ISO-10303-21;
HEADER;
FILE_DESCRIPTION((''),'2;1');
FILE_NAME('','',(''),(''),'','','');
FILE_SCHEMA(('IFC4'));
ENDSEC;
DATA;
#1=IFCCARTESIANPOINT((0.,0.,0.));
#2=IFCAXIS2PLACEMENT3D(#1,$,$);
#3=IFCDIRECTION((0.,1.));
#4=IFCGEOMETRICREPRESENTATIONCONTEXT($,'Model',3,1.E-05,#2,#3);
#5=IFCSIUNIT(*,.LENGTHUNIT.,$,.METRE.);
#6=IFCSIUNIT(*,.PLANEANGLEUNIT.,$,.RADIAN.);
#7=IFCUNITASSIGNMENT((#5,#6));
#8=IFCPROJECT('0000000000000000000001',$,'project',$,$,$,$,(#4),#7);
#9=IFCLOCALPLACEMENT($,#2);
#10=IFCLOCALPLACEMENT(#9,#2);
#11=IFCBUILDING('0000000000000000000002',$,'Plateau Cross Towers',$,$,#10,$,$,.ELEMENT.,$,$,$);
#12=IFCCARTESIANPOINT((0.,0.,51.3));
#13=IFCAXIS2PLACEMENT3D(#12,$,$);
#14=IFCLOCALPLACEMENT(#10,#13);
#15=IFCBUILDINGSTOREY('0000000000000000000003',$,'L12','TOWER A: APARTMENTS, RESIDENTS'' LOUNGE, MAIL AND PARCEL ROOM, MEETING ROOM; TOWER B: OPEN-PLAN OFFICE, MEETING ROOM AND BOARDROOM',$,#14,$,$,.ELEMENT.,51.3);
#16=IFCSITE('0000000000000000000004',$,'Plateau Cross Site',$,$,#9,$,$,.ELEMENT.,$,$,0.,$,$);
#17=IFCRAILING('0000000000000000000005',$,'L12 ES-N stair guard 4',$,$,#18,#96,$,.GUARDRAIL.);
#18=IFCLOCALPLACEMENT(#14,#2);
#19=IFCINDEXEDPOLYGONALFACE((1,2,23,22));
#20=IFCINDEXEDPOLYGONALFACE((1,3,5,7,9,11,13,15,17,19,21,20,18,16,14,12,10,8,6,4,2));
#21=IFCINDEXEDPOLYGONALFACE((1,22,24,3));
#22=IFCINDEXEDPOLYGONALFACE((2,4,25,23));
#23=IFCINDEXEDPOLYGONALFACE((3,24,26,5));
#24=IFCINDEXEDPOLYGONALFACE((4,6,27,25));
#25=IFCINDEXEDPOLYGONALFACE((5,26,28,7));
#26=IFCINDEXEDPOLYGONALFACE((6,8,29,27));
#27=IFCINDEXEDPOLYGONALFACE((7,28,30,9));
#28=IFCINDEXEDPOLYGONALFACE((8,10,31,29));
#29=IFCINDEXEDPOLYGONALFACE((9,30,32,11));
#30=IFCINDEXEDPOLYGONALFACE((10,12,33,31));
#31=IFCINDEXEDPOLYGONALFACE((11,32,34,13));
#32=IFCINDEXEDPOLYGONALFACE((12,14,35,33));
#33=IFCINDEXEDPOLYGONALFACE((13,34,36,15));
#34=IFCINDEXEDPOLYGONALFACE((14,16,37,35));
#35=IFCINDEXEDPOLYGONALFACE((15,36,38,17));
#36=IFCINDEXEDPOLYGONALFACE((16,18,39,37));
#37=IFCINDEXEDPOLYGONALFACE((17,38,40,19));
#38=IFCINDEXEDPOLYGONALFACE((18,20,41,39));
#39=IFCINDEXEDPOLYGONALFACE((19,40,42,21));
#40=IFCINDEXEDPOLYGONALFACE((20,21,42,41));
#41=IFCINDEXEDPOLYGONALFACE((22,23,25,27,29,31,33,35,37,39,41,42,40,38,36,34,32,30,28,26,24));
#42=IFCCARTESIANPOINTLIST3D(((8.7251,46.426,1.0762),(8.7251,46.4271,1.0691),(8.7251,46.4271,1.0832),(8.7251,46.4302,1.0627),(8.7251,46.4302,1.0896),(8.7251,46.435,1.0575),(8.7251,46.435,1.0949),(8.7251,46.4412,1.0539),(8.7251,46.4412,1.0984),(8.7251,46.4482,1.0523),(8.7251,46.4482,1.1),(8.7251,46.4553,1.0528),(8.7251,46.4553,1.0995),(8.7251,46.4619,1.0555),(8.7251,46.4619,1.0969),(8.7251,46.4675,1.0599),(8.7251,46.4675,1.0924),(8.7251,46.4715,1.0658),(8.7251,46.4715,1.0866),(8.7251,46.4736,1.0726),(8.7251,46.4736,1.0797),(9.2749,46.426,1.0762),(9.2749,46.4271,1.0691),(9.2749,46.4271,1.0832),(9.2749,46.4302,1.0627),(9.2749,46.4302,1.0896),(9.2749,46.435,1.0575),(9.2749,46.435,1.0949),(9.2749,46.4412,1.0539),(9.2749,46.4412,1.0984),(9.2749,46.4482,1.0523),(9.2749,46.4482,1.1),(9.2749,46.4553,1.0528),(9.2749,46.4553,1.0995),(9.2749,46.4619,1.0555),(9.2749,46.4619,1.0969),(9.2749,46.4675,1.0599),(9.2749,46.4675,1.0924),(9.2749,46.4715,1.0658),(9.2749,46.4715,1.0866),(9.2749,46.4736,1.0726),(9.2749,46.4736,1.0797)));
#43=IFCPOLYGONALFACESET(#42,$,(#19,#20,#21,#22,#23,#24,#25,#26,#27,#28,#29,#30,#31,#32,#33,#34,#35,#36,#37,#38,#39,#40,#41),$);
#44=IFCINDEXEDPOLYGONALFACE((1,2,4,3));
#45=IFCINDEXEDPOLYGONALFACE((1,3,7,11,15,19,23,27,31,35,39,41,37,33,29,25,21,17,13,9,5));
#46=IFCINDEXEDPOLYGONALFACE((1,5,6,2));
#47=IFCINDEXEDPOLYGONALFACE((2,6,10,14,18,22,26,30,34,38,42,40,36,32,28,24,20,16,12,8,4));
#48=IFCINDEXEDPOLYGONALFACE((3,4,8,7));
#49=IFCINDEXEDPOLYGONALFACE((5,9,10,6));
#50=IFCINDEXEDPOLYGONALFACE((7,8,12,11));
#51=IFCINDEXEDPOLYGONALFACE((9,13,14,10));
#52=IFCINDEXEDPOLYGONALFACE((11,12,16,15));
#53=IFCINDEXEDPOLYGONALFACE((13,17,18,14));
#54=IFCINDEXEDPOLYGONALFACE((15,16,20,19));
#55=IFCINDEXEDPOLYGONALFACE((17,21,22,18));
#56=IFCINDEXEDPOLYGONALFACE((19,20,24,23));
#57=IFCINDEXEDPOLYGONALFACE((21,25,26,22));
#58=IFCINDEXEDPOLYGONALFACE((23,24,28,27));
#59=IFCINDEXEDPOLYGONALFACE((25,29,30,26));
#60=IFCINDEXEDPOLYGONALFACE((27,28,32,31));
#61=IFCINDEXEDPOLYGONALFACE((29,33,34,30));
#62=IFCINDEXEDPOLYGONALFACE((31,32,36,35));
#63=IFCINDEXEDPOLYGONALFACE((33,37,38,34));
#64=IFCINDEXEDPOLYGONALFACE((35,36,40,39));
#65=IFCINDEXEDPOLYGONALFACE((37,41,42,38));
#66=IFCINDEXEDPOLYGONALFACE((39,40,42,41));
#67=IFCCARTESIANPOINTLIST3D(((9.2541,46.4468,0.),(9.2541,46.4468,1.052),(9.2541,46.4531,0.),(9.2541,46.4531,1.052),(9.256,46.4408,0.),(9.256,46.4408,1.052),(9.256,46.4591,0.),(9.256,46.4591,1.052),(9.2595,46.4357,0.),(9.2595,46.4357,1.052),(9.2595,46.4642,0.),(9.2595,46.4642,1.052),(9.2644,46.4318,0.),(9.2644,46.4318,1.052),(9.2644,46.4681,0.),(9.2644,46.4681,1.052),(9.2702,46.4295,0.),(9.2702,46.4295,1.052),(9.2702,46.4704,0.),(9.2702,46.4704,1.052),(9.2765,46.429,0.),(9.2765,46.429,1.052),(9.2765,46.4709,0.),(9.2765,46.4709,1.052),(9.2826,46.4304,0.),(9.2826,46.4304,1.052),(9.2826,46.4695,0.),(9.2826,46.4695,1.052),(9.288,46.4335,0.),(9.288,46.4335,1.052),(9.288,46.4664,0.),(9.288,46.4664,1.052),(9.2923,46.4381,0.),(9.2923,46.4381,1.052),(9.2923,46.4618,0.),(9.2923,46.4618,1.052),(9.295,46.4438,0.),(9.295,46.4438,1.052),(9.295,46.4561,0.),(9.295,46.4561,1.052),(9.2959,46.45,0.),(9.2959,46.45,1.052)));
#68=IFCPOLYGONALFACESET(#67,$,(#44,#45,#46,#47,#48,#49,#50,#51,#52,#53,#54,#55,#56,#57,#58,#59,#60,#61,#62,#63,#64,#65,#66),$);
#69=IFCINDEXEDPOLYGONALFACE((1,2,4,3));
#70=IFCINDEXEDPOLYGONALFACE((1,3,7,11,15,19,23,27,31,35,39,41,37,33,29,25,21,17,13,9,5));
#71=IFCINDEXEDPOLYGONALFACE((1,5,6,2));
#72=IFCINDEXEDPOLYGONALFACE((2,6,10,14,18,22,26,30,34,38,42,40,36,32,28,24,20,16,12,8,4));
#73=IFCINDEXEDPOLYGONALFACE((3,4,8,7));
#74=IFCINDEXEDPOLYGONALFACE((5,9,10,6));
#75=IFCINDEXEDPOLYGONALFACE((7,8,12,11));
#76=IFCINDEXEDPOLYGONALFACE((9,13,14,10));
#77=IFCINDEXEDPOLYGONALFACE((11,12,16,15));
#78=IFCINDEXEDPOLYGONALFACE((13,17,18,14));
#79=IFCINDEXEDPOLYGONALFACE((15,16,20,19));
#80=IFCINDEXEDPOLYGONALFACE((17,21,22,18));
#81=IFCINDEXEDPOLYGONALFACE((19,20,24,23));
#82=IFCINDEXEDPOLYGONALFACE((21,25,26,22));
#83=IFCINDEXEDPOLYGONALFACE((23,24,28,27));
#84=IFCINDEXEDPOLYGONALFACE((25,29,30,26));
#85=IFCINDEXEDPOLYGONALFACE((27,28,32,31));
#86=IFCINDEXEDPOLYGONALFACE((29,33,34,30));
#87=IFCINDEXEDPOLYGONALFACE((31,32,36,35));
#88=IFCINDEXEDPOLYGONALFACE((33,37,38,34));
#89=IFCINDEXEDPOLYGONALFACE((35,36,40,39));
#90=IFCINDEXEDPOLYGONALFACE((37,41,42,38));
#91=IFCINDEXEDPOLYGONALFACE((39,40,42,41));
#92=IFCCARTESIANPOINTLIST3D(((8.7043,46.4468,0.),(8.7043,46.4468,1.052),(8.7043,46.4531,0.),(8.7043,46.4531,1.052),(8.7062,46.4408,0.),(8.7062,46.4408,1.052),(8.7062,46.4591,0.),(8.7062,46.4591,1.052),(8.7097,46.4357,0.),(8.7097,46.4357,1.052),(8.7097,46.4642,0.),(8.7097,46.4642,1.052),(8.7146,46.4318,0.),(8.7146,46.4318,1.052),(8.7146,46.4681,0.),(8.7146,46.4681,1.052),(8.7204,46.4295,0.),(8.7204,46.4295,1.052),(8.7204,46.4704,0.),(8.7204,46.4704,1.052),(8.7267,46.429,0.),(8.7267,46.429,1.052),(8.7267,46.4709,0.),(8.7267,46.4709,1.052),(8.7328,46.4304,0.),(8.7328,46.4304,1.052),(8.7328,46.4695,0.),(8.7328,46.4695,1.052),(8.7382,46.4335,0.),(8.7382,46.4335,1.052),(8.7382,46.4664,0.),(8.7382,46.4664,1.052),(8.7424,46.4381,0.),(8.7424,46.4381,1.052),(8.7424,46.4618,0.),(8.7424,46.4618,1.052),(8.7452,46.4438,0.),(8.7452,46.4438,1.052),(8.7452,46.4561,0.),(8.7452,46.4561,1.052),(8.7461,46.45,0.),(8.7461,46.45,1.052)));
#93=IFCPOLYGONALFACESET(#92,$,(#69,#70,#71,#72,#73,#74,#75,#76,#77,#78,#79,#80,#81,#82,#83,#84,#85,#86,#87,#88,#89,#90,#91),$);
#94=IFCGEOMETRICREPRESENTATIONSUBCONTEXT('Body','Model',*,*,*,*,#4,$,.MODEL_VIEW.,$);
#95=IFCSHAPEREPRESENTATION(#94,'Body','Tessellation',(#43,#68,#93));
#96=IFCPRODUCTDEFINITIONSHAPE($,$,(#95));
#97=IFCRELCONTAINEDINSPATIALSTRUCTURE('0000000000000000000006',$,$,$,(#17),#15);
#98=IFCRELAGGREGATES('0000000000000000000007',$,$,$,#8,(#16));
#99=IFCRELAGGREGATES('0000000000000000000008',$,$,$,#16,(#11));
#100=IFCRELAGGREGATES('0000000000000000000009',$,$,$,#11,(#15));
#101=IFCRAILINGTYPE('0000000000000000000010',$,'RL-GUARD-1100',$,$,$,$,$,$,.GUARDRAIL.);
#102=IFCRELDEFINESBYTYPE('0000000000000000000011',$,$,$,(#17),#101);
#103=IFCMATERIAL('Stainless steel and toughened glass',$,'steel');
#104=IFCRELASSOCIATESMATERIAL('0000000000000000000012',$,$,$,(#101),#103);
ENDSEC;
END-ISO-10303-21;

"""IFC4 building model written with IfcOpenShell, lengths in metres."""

from ifc_helpers import new_model, si_unit, direction, frame, origin, origin_2d, place, context, subcontext, project, spatial, circle, extrude, material, type_object, element, save


model = new_model("IFC4")

# Units and contexts
model_context = context("Model", 3, precision=1e-05, world=origin(), true_north=direction((0.0, 1.0)))
body_context = subcontext(model_context, "Body", "Model", "MODEL_VIEW")
ifc_project = project(units=[si_unit("LENGTHUNIT", "METRE"), si_unit("PLANEANGLEUNIT", "RADIAN")], contexts=[model_context])

# Site, building, storey
site_placement = place(None, origin())
site = spatial("IfcSite", under=ifc_project, at=site_placement, Name="Plateau Cross Site", CompositionType="ELEMENT", RefElevation=0.0)
building_placement = place(site_placement, origin())
building = spatial("IfcBuilding", under=site, at=building_placement, Name="Plateau Cross Towers", CompositionType="ELEMENT")
storey_placement = place(building_placement, frame((0.0, 0.0, 51.3)))
storey = spatial("IfcBuildingStorey", under=building, at=storey_placement, Name="L12", Description="TOWER A: APARTMENTS, RESIDENTS' LOUNGE, MAIL AND PARCEL ROOM, MEETING ROOM; TOWER B: OPEN-PLAN OFFICE, MEETING ROOM AND BOARDROOM", CompositionType="ELEMENT", Elevation=51.3)

# Railing
ifc_material_1 = material(Name="Stainless steel and toughened glass", Category="steel")
railing_type_1 = type_object("IfcRailingType", Name="RL-GUARD-1100", PredefinedType="GUARDRAIL", material=ifc_material_1)
railing_1_placement = place(storey_placement, frame((9.2749, 46.45, 0.0)))
element("IfcRailing", 1, at=railing_1_placement, inside=storey, type_object=railing_type_1, Name="L12 ES-N stair guard 4", PredefinedType="GUARDRAIL", context=body_context, shape_type="SweptSolid", body=[
    extrude(circle(Radius=0.0239, at=origin_2d()), frame((0.0, 0.0, 1.0762), z_axis=(-1.0, 0.0, 0.0), x_axis=(0.0, -1.0, 0.0)), (0.0, 0.0, 1.0), 0.5498),
    extrude(circle(Radius=0.021, at=origin_2d()), origin(), (0.0, 0.0, 1.0), 1.052),
    extrude(circle(Radius=0.021, at=origin_2d()), frame((-0.5498, 0.0, 0.0)), (0.0, 0.0, 1.0), 1.052),
])

save(model, "model.ifc")
